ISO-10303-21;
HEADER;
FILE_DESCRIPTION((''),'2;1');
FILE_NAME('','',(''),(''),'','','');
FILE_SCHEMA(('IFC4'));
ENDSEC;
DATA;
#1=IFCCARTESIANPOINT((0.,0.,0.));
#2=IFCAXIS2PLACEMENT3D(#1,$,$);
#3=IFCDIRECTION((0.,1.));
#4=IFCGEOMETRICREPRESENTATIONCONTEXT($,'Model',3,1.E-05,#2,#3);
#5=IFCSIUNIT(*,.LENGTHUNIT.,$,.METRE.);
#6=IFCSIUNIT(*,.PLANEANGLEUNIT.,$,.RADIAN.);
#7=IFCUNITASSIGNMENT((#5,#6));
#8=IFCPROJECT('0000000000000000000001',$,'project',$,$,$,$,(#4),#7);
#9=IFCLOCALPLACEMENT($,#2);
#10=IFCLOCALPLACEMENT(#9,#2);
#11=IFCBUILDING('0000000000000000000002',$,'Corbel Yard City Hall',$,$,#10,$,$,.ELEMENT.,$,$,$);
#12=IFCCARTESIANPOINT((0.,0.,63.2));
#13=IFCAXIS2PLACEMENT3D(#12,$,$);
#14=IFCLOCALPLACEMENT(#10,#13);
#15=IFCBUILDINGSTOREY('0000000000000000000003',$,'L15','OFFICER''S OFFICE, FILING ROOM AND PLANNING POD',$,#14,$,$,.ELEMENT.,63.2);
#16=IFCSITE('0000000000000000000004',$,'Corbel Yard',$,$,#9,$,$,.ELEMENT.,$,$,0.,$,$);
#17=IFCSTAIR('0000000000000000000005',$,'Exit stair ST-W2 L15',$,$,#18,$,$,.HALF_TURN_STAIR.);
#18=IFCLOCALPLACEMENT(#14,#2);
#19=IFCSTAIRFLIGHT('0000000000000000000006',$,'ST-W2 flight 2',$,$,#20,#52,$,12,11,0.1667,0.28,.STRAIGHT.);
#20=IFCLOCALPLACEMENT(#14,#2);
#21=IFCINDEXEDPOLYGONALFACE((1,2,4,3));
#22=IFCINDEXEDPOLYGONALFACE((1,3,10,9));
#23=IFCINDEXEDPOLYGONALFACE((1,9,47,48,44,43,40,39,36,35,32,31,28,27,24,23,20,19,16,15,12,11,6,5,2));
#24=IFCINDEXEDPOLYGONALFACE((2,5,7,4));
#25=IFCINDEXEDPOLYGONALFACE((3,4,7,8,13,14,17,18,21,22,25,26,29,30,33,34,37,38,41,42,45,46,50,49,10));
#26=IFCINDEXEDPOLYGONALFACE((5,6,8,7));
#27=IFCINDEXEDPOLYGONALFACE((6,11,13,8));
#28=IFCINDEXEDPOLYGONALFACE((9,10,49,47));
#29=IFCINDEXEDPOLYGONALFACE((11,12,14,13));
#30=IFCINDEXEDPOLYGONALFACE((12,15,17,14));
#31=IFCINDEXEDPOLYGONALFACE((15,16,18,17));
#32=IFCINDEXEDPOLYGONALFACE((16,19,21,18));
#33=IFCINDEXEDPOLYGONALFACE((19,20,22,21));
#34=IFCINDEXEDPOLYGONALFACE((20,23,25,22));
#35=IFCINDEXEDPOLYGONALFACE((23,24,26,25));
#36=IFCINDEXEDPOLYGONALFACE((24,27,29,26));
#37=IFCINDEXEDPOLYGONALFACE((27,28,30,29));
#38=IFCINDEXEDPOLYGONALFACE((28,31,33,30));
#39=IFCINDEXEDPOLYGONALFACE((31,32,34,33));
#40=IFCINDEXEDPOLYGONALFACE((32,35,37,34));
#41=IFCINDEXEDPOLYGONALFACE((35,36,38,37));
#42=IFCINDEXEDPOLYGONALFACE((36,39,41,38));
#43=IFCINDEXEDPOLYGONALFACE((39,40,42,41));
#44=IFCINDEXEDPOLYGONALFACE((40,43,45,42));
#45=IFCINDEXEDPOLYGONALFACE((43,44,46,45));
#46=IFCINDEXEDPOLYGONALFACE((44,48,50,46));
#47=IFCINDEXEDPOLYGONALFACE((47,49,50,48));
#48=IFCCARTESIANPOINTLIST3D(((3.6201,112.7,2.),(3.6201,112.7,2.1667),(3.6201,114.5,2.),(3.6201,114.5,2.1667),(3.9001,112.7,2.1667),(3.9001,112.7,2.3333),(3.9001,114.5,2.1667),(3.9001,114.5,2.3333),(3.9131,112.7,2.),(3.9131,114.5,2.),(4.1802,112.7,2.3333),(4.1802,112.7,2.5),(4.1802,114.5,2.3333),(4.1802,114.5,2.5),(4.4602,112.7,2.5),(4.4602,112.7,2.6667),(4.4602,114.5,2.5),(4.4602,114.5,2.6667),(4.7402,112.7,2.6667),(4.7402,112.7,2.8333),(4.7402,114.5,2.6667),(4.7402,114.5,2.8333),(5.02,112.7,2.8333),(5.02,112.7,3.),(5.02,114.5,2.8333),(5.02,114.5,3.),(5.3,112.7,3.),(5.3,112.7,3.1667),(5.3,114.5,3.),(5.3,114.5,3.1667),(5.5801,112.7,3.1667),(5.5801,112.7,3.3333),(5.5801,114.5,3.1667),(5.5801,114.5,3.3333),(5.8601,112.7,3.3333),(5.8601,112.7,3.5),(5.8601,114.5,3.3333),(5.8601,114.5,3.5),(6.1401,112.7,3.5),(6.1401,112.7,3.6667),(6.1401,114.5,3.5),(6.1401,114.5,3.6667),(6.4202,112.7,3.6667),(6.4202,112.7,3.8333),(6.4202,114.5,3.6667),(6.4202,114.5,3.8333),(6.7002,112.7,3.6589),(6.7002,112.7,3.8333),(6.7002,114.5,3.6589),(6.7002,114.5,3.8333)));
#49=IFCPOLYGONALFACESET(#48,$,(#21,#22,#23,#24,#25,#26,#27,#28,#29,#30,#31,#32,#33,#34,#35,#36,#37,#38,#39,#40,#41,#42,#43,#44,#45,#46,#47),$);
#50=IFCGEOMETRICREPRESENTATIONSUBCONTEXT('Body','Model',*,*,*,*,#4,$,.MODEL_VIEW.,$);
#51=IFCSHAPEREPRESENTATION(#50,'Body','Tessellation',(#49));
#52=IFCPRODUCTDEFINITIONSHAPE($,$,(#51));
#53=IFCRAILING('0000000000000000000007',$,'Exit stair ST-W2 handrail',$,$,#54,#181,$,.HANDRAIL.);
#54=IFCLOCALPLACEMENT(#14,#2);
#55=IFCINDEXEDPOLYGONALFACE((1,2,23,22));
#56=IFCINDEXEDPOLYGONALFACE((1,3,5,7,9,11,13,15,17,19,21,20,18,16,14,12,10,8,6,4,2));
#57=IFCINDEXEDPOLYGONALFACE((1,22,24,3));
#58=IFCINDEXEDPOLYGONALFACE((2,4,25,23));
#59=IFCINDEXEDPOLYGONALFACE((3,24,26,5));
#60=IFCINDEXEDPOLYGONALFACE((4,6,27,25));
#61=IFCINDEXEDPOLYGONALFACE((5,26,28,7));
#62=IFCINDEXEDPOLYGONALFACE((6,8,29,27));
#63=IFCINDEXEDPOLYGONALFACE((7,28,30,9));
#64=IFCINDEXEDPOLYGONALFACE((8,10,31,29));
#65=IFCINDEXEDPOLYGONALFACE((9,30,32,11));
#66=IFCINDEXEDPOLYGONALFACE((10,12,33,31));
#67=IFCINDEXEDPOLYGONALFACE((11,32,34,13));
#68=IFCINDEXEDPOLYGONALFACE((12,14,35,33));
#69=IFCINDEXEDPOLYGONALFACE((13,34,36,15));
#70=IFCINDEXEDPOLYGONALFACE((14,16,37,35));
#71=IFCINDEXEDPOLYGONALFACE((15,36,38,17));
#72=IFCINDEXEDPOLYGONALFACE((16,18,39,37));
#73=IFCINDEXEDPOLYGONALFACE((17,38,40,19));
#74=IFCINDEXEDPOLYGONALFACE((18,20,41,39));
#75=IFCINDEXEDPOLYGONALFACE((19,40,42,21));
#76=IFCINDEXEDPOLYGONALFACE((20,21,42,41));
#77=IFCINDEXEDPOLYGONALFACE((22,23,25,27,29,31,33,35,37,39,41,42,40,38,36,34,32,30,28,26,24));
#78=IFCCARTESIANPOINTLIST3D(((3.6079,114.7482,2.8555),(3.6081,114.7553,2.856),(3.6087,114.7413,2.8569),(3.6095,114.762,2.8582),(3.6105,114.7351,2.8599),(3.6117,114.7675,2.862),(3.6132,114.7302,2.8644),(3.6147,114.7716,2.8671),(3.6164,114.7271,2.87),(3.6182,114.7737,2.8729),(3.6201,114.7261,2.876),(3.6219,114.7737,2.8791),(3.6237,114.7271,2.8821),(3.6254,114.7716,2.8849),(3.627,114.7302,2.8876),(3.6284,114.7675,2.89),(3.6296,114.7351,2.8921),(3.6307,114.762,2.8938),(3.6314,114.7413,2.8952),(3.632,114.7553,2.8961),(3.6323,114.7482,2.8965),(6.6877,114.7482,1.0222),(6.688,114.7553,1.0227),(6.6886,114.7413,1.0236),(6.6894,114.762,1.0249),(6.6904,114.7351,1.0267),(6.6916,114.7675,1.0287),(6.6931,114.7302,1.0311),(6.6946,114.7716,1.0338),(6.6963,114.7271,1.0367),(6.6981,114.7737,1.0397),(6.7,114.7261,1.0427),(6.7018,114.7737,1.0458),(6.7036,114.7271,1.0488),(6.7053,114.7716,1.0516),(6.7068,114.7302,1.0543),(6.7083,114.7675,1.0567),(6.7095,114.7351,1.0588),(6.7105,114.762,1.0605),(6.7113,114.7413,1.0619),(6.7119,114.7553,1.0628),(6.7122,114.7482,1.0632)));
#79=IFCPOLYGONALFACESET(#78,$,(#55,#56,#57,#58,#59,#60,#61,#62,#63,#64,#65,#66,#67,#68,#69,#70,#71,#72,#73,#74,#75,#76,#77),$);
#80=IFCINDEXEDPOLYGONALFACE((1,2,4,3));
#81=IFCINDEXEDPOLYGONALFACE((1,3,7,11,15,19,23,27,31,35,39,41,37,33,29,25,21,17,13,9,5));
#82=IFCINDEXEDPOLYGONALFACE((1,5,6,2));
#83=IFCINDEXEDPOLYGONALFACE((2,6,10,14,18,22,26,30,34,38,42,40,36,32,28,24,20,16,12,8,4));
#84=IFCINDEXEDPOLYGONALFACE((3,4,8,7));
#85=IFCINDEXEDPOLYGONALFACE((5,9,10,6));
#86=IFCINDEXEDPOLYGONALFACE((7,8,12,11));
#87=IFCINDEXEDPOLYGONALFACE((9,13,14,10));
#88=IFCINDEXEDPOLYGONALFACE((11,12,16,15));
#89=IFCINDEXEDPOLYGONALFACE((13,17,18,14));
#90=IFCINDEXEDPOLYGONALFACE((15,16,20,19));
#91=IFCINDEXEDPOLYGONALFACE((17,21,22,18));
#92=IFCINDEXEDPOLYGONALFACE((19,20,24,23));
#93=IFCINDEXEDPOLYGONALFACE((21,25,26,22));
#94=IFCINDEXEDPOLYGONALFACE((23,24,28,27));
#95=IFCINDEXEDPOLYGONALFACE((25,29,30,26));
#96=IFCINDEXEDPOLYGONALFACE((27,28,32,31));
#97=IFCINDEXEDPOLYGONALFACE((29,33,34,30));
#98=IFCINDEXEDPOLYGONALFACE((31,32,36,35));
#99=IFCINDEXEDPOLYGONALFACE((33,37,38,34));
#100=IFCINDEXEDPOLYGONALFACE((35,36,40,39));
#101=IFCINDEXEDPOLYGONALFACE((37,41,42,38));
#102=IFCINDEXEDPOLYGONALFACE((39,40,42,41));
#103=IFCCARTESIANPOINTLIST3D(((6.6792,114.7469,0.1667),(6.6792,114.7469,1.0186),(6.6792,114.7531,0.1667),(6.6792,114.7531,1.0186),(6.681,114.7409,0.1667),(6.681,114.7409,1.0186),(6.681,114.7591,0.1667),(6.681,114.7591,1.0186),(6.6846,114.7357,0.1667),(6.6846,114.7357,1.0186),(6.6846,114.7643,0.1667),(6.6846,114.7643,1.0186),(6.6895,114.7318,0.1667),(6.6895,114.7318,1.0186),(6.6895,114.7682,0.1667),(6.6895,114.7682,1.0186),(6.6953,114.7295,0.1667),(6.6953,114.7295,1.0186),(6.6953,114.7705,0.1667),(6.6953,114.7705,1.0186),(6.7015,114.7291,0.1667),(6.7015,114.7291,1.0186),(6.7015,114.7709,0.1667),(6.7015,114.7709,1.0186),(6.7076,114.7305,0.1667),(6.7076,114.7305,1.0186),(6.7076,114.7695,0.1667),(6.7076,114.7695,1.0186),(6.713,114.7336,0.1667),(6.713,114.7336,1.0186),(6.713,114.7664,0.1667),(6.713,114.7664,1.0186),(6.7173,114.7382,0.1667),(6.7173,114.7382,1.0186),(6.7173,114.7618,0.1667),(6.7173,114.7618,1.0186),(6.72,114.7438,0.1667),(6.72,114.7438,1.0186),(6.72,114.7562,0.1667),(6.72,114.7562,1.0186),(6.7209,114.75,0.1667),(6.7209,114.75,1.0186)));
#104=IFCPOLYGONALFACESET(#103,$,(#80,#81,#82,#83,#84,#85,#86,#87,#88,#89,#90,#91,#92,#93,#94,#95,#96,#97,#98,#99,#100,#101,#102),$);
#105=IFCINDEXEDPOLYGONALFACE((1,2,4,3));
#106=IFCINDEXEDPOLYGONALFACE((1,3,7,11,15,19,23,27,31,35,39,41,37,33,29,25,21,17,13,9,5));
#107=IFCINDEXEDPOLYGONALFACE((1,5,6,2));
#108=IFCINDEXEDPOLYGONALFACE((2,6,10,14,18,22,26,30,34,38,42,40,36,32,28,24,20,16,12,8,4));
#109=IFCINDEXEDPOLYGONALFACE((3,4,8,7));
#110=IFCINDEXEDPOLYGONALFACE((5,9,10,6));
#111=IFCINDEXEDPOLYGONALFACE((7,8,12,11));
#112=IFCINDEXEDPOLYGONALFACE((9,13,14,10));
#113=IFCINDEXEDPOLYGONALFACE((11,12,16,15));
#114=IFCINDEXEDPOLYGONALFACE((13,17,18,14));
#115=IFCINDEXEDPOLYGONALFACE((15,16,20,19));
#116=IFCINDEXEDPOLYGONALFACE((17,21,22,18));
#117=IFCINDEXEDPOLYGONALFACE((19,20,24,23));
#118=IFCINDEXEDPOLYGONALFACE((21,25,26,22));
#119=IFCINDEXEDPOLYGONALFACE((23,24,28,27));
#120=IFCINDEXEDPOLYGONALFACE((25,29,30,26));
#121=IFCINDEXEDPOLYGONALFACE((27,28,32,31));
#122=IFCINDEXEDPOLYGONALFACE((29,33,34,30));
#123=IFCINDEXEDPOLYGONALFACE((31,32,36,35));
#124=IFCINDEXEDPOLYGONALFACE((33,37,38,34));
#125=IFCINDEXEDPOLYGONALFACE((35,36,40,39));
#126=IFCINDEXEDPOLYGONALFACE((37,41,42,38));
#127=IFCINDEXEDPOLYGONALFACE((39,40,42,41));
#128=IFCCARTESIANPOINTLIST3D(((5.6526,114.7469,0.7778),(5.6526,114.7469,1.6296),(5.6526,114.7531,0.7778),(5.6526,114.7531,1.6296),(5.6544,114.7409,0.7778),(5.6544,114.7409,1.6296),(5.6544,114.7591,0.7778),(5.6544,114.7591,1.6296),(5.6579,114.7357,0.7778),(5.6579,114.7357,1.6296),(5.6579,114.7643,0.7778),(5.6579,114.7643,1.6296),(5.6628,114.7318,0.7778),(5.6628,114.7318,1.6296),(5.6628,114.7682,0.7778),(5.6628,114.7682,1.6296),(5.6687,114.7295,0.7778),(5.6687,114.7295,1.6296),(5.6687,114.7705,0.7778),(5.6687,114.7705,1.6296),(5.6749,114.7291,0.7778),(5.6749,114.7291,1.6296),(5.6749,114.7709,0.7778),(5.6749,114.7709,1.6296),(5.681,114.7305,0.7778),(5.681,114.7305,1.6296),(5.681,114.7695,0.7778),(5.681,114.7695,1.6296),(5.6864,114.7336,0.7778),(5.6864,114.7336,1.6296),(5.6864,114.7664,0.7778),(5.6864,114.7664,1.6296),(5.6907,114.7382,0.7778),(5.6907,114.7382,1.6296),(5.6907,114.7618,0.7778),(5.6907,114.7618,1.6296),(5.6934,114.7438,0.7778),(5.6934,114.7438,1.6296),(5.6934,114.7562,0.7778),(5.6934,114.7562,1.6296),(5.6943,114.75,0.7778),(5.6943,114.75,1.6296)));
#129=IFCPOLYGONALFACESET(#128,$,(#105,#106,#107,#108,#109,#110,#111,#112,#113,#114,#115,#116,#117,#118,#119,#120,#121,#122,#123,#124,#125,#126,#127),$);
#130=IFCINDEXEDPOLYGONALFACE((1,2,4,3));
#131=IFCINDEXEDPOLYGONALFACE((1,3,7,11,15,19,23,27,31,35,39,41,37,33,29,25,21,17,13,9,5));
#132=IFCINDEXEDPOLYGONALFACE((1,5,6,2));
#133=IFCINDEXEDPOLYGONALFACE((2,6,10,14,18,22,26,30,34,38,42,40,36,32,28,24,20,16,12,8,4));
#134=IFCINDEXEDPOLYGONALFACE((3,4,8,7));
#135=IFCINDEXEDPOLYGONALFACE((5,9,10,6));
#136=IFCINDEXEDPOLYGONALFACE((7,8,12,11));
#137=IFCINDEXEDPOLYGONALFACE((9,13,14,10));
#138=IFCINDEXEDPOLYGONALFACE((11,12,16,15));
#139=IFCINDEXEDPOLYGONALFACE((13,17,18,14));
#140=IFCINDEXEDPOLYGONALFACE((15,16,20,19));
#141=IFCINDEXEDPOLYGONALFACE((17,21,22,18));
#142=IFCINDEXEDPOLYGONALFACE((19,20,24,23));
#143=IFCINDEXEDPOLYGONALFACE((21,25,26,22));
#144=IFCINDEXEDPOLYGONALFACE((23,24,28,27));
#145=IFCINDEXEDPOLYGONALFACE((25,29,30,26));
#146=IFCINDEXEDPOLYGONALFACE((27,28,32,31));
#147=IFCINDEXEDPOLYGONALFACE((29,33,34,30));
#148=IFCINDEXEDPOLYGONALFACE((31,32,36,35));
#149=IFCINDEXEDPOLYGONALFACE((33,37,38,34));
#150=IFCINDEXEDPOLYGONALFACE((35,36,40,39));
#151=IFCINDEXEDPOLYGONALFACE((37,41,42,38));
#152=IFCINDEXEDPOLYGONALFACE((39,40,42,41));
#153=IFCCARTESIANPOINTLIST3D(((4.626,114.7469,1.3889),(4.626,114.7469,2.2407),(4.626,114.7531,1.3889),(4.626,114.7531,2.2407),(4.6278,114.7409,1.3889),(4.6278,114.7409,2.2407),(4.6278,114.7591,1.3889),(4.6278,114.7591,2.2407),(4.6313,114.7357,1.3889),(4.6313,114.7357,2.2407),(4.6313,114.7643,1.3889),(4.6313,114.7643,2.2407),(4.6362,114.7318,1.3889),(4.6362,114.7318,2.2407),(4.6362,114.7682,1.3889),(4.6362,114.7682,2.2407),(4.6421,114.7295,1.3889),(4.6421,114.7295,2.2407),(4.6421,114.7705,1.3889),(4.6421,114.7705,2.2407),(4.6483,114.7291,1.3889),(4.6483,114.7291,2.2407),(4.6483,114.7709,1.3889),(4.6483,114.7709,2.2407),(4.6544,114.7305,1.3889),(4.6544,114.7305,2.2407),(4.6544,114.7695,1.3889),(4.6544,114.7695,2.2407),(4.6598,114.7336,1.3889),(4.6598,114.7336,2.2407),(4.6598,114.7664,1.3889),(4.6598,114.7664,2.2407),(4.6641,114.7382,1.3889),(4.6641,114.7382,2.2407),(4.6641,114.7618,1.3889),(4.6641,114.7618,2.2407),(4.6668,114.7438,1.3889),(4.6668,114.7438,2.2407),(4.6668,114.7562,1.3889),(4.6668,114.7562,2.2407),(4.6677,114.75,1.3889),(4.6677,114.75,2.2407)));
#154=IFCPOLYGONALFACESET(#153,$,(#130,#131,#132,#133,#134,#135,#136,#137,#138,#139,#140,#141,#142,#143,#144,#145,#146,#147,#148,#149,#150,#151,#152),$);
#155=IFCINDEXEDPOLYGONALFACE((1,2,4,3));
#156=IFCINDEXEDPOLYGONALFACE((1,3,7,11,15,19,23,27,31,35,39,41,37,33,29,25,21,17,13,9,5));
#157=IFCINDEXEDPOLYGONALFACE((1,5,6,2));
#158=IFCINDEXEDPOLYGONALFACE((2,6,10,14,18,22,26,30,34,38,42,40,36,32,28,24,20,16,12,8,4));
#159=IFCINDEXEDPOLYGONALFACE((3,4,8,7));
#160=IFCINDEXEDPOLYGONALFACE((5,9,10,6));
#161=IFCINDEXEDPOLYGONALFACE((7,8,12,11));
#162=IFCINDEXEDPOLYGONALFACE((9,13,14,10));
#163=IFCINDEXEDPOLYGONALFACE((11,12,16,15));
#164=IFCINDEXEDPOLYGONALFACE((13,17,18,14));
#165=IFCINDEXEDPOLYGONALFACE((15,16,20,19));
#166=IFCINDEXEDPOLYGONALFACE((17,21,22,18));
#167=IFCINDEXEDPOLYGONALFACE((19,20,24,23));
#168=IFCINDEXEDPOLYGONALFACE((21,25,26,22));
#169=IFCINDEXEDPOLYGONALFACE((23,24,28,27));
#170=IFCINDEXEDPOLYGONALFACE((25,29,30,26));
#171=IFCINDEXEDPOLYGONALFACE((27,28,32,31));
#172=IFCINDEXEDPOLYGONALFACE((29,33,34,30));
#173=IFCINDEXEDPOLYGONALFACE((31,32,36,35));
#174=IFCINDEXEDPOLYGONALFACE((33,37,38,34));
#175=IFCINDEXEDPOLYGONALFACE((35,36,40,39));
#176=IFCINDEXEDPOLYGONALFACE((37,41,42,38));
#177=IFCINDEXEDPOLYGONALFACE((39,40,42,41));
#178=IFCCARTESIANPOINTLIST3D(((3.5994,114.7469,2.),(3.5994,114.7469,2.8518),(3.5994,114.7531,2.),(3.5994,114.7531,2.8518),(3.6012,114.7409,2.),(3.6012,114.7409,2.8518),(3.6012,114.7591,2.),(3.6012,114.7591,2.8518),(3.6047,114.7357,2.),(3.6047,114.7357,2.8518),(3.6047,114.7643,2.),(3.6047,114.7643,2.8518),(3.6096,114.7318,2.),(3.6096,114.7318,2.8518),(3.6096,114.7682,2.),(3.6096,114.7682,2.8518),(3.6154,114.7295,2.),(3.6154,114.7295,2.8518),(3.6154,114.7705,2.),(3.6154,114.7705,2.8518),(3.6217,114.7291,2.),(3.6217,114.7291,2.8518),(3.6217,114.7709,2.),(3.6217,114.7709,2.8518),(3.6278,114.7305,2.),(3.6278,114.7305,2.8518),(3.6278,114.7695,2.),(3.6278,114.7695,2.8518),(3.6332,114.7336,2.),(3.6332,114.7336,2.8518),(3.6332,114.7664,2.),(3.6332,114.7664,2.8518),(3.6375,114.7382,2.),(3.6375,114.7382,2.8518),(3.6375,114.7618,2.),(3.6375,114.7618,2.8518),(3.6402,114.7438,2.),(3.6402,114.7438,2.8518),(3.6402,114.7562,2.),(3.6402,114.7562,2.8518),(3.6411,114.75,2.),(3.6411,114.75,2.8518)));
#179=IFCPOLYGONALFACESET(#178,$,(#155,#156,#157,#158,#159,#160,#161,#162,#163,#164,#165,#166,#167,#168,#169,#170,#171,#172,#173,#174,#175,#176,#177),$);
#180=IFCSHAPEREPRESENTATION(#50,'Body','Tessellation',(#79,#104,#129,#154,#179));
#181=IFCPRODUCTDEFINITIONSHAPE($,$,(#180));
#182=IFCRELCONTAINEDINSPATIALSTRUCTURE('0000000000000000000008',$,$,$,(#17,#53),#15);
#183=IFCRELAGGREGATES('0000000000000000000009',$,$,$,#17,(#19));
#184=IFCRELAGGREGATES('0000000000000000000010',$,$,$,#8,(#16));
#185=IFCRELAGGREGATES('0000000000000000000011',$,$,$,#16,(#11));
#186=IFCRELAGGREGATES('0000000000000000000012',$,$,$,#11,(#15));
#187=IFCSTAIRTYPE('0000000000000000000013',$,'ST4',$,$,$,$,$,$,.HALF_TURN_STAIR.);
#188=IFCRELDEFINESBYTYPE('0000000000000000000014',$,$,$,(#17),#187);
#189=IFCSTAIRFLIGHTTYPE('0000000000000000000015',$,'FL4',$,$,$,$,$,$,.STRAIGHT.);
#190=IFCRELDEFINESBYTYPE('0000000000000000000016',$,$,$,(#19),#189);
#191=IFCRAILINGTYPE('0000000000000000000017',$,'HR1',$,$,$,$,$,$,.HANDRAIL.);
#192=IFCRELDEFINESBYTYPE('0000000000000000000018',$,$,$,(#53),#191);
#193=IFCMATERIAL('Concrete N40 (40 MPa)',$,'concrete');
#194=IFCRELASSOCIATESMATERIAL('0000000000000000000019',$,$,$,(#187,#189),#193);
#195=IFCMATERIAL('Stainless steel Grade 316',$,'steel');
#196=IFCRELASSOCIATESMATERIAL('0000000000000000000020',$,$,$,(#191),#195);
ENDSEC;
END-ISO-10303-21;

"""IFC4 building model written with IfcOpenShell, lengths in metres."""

from ifc_helpers import new_model, si_unit, direction, frame, origin, origin_2d, place, context, subcontext, project, spatial, polyline, circle, outline, extrude, material, type_object, element, aggregate, save


model = new_model("IFC4")

# Units and contexts
model_context = context("Model", 3, precision=1e-05, world=origin(), true_north=direction((0.0, 1.0)))
body_context = subcontext(model_context, "Body", "Model", "MODEL_VIEW")
ifc_project = project(units=[si_unit("LENGTHUNIT", "METRE"), si_unit("PLANEANGLEUNIT", "RADIAN")], contexts=[model_context])

# Site, building, storey
site_placement = place(None, origin())
site = spatial("IfcSite", under=ifc_project, at=site_placement, Name="Corbel Yard", CompositionType="ELEMENT", RefElevation=0.0)
building_placement = place(site_placement, origin())
building = spatial("IfcBuilding", under=site, at=building_placement, Name="Corbel Yard City Hall", CompositionType="ELEMENT")
storey_placement = place(building_placement, frame((0.0, 0.0, 63.2)))
storey = spatial("IfcBuildingStorey", under=building, at=storey_placement, Name="L15", Description="OFFICER'S OFFICE, FILING ROOM AND PLANNING POD", CompositionType="ELEMENT", Elevation=63.2)

# Shared definitions
ifc_material_1 = material(Name="Concrete N40 (40 MPa)", Category="concrete")

# Shared definitions
ifc_material_2 = material(Name="Stainless steel Grade 316", Category="steel")

# Stair, stair flight
stair_type = type_object("IfcStairType", Name="ST4", PredefinedType="HALF_TURN_STAIR", material=ifc_material_1)
stair_placement = place(storey_placement, origin())
stair = element("IfcStair", 1, at=stair_placement, inside=storey, type_object=stair_type, Name="Exit stair ST-W2 L15", PredefinedType="HALF_TURN_STAIR")
stair_flight_type = type_object("IfcStairFlightType", Name="FL4", PredefinedType="STRAIGHT", material=ifc_material_1)
stair_flight_1_placement = place(storey_placement, frame((3.6201, 113.6001, 2.0), z_axis=(0.0, 0.0, 1.0), x_axis=(1.0, 0.0, 0.0)))
stair_flight_1 = element("IfcStairFlight", 2, at=stair_flight_1_placement, type_object=stair_flight_type, Name="ST-W2 flight 2", NumberOfRisers=12, NumberOfTreads=11, PredefinedType="STRAIGHT", RiserHeight=0.1667, TreadLength=0.28, context=body_context, shape_type="SweptSolid", body=[
    extrude(outline(polyline([(0.0, 0.0), (0.0, 0.1667), (0.28, 0.1667), (0.28, 0.3333), (0.5601, 0.3333), (0.5601, 0.5), (0.8401, 0.5), (0.8401, 0.6667), (1.1201, 0.6667), (1.1201, 0.8333), (1.3999, 0.8333), (1.3999, 1.0), (1.6799, 1.0), (1.6799, 1.1667), (1.96, 1.1667), (1.96, 1.3333), (2.24, 1.3333), (2.24, 1.5), (2.52, 1.5), (2.52, 1.6667), (2.8, 1.6667), (2.8, 1.8333), (3.0801, 1.8333), (3.0801, 2.0), (3.0801, 1.6589), (0.293, 0.0), (0.0, 0.0)])), frame((0.0, 0.8999, 0.0), z_axis=(0.0, -1.0, 0.0), x_axis=(1.0, 0.0, 0.0)), (0.0, 0.0, 1.0), 1.8),
])
aggregate(stair, [stair_flight_1])

# Railing
railing_type = type_object("IfcRailingType", Name="HR1", PredefinedType="HANDRAIL", material=ifc_material_2)
railing_placement = place(storey_placement, frame((6.7, 114.75, 0.1667)))
element("IfcRailing", 3, at=railing_placement, inside=storey, type_object=railing_type, Name="Exit stair ST-W2 handrail", PredefinedType="HANDRAIL", context=body_context, shape_type="SweptSolid", body=[
    extrude(circle(Radius=0.0239, at=origin_2d()), frame((0.0, 0.0, 0.876), z_axis=(-0.859291, 0.0, 0.511487), x_axis=(0.0, -1.0, 0.0)), (0.0, 0.0, 1.0), 3.5842),
    extrude(circle(Radius=0.021, at=origin_2d()), origin(), (0.0, 0.0, 1.0), 0.8518),
    extrude(circle(Radius=0.021, at=origin_2d()), frame((-1.0266, 0.0, 0.6111)), (0.0, 0.0, 1.0), 0.8518),
    extrude(circle(Radius=0.021, at=origin_2d()), frame((-2.0532, 0.0, 1.2222)), (0.0, 0.0, 1.0), 0.8518),
    extrude(circle(Radius=0.021, at=origin_2d()), frame((-3.0798, 0.0, 1.8333)), (0.0, 0.0, 1.0), 0.8518),
])

save(model, "model.ifc")
